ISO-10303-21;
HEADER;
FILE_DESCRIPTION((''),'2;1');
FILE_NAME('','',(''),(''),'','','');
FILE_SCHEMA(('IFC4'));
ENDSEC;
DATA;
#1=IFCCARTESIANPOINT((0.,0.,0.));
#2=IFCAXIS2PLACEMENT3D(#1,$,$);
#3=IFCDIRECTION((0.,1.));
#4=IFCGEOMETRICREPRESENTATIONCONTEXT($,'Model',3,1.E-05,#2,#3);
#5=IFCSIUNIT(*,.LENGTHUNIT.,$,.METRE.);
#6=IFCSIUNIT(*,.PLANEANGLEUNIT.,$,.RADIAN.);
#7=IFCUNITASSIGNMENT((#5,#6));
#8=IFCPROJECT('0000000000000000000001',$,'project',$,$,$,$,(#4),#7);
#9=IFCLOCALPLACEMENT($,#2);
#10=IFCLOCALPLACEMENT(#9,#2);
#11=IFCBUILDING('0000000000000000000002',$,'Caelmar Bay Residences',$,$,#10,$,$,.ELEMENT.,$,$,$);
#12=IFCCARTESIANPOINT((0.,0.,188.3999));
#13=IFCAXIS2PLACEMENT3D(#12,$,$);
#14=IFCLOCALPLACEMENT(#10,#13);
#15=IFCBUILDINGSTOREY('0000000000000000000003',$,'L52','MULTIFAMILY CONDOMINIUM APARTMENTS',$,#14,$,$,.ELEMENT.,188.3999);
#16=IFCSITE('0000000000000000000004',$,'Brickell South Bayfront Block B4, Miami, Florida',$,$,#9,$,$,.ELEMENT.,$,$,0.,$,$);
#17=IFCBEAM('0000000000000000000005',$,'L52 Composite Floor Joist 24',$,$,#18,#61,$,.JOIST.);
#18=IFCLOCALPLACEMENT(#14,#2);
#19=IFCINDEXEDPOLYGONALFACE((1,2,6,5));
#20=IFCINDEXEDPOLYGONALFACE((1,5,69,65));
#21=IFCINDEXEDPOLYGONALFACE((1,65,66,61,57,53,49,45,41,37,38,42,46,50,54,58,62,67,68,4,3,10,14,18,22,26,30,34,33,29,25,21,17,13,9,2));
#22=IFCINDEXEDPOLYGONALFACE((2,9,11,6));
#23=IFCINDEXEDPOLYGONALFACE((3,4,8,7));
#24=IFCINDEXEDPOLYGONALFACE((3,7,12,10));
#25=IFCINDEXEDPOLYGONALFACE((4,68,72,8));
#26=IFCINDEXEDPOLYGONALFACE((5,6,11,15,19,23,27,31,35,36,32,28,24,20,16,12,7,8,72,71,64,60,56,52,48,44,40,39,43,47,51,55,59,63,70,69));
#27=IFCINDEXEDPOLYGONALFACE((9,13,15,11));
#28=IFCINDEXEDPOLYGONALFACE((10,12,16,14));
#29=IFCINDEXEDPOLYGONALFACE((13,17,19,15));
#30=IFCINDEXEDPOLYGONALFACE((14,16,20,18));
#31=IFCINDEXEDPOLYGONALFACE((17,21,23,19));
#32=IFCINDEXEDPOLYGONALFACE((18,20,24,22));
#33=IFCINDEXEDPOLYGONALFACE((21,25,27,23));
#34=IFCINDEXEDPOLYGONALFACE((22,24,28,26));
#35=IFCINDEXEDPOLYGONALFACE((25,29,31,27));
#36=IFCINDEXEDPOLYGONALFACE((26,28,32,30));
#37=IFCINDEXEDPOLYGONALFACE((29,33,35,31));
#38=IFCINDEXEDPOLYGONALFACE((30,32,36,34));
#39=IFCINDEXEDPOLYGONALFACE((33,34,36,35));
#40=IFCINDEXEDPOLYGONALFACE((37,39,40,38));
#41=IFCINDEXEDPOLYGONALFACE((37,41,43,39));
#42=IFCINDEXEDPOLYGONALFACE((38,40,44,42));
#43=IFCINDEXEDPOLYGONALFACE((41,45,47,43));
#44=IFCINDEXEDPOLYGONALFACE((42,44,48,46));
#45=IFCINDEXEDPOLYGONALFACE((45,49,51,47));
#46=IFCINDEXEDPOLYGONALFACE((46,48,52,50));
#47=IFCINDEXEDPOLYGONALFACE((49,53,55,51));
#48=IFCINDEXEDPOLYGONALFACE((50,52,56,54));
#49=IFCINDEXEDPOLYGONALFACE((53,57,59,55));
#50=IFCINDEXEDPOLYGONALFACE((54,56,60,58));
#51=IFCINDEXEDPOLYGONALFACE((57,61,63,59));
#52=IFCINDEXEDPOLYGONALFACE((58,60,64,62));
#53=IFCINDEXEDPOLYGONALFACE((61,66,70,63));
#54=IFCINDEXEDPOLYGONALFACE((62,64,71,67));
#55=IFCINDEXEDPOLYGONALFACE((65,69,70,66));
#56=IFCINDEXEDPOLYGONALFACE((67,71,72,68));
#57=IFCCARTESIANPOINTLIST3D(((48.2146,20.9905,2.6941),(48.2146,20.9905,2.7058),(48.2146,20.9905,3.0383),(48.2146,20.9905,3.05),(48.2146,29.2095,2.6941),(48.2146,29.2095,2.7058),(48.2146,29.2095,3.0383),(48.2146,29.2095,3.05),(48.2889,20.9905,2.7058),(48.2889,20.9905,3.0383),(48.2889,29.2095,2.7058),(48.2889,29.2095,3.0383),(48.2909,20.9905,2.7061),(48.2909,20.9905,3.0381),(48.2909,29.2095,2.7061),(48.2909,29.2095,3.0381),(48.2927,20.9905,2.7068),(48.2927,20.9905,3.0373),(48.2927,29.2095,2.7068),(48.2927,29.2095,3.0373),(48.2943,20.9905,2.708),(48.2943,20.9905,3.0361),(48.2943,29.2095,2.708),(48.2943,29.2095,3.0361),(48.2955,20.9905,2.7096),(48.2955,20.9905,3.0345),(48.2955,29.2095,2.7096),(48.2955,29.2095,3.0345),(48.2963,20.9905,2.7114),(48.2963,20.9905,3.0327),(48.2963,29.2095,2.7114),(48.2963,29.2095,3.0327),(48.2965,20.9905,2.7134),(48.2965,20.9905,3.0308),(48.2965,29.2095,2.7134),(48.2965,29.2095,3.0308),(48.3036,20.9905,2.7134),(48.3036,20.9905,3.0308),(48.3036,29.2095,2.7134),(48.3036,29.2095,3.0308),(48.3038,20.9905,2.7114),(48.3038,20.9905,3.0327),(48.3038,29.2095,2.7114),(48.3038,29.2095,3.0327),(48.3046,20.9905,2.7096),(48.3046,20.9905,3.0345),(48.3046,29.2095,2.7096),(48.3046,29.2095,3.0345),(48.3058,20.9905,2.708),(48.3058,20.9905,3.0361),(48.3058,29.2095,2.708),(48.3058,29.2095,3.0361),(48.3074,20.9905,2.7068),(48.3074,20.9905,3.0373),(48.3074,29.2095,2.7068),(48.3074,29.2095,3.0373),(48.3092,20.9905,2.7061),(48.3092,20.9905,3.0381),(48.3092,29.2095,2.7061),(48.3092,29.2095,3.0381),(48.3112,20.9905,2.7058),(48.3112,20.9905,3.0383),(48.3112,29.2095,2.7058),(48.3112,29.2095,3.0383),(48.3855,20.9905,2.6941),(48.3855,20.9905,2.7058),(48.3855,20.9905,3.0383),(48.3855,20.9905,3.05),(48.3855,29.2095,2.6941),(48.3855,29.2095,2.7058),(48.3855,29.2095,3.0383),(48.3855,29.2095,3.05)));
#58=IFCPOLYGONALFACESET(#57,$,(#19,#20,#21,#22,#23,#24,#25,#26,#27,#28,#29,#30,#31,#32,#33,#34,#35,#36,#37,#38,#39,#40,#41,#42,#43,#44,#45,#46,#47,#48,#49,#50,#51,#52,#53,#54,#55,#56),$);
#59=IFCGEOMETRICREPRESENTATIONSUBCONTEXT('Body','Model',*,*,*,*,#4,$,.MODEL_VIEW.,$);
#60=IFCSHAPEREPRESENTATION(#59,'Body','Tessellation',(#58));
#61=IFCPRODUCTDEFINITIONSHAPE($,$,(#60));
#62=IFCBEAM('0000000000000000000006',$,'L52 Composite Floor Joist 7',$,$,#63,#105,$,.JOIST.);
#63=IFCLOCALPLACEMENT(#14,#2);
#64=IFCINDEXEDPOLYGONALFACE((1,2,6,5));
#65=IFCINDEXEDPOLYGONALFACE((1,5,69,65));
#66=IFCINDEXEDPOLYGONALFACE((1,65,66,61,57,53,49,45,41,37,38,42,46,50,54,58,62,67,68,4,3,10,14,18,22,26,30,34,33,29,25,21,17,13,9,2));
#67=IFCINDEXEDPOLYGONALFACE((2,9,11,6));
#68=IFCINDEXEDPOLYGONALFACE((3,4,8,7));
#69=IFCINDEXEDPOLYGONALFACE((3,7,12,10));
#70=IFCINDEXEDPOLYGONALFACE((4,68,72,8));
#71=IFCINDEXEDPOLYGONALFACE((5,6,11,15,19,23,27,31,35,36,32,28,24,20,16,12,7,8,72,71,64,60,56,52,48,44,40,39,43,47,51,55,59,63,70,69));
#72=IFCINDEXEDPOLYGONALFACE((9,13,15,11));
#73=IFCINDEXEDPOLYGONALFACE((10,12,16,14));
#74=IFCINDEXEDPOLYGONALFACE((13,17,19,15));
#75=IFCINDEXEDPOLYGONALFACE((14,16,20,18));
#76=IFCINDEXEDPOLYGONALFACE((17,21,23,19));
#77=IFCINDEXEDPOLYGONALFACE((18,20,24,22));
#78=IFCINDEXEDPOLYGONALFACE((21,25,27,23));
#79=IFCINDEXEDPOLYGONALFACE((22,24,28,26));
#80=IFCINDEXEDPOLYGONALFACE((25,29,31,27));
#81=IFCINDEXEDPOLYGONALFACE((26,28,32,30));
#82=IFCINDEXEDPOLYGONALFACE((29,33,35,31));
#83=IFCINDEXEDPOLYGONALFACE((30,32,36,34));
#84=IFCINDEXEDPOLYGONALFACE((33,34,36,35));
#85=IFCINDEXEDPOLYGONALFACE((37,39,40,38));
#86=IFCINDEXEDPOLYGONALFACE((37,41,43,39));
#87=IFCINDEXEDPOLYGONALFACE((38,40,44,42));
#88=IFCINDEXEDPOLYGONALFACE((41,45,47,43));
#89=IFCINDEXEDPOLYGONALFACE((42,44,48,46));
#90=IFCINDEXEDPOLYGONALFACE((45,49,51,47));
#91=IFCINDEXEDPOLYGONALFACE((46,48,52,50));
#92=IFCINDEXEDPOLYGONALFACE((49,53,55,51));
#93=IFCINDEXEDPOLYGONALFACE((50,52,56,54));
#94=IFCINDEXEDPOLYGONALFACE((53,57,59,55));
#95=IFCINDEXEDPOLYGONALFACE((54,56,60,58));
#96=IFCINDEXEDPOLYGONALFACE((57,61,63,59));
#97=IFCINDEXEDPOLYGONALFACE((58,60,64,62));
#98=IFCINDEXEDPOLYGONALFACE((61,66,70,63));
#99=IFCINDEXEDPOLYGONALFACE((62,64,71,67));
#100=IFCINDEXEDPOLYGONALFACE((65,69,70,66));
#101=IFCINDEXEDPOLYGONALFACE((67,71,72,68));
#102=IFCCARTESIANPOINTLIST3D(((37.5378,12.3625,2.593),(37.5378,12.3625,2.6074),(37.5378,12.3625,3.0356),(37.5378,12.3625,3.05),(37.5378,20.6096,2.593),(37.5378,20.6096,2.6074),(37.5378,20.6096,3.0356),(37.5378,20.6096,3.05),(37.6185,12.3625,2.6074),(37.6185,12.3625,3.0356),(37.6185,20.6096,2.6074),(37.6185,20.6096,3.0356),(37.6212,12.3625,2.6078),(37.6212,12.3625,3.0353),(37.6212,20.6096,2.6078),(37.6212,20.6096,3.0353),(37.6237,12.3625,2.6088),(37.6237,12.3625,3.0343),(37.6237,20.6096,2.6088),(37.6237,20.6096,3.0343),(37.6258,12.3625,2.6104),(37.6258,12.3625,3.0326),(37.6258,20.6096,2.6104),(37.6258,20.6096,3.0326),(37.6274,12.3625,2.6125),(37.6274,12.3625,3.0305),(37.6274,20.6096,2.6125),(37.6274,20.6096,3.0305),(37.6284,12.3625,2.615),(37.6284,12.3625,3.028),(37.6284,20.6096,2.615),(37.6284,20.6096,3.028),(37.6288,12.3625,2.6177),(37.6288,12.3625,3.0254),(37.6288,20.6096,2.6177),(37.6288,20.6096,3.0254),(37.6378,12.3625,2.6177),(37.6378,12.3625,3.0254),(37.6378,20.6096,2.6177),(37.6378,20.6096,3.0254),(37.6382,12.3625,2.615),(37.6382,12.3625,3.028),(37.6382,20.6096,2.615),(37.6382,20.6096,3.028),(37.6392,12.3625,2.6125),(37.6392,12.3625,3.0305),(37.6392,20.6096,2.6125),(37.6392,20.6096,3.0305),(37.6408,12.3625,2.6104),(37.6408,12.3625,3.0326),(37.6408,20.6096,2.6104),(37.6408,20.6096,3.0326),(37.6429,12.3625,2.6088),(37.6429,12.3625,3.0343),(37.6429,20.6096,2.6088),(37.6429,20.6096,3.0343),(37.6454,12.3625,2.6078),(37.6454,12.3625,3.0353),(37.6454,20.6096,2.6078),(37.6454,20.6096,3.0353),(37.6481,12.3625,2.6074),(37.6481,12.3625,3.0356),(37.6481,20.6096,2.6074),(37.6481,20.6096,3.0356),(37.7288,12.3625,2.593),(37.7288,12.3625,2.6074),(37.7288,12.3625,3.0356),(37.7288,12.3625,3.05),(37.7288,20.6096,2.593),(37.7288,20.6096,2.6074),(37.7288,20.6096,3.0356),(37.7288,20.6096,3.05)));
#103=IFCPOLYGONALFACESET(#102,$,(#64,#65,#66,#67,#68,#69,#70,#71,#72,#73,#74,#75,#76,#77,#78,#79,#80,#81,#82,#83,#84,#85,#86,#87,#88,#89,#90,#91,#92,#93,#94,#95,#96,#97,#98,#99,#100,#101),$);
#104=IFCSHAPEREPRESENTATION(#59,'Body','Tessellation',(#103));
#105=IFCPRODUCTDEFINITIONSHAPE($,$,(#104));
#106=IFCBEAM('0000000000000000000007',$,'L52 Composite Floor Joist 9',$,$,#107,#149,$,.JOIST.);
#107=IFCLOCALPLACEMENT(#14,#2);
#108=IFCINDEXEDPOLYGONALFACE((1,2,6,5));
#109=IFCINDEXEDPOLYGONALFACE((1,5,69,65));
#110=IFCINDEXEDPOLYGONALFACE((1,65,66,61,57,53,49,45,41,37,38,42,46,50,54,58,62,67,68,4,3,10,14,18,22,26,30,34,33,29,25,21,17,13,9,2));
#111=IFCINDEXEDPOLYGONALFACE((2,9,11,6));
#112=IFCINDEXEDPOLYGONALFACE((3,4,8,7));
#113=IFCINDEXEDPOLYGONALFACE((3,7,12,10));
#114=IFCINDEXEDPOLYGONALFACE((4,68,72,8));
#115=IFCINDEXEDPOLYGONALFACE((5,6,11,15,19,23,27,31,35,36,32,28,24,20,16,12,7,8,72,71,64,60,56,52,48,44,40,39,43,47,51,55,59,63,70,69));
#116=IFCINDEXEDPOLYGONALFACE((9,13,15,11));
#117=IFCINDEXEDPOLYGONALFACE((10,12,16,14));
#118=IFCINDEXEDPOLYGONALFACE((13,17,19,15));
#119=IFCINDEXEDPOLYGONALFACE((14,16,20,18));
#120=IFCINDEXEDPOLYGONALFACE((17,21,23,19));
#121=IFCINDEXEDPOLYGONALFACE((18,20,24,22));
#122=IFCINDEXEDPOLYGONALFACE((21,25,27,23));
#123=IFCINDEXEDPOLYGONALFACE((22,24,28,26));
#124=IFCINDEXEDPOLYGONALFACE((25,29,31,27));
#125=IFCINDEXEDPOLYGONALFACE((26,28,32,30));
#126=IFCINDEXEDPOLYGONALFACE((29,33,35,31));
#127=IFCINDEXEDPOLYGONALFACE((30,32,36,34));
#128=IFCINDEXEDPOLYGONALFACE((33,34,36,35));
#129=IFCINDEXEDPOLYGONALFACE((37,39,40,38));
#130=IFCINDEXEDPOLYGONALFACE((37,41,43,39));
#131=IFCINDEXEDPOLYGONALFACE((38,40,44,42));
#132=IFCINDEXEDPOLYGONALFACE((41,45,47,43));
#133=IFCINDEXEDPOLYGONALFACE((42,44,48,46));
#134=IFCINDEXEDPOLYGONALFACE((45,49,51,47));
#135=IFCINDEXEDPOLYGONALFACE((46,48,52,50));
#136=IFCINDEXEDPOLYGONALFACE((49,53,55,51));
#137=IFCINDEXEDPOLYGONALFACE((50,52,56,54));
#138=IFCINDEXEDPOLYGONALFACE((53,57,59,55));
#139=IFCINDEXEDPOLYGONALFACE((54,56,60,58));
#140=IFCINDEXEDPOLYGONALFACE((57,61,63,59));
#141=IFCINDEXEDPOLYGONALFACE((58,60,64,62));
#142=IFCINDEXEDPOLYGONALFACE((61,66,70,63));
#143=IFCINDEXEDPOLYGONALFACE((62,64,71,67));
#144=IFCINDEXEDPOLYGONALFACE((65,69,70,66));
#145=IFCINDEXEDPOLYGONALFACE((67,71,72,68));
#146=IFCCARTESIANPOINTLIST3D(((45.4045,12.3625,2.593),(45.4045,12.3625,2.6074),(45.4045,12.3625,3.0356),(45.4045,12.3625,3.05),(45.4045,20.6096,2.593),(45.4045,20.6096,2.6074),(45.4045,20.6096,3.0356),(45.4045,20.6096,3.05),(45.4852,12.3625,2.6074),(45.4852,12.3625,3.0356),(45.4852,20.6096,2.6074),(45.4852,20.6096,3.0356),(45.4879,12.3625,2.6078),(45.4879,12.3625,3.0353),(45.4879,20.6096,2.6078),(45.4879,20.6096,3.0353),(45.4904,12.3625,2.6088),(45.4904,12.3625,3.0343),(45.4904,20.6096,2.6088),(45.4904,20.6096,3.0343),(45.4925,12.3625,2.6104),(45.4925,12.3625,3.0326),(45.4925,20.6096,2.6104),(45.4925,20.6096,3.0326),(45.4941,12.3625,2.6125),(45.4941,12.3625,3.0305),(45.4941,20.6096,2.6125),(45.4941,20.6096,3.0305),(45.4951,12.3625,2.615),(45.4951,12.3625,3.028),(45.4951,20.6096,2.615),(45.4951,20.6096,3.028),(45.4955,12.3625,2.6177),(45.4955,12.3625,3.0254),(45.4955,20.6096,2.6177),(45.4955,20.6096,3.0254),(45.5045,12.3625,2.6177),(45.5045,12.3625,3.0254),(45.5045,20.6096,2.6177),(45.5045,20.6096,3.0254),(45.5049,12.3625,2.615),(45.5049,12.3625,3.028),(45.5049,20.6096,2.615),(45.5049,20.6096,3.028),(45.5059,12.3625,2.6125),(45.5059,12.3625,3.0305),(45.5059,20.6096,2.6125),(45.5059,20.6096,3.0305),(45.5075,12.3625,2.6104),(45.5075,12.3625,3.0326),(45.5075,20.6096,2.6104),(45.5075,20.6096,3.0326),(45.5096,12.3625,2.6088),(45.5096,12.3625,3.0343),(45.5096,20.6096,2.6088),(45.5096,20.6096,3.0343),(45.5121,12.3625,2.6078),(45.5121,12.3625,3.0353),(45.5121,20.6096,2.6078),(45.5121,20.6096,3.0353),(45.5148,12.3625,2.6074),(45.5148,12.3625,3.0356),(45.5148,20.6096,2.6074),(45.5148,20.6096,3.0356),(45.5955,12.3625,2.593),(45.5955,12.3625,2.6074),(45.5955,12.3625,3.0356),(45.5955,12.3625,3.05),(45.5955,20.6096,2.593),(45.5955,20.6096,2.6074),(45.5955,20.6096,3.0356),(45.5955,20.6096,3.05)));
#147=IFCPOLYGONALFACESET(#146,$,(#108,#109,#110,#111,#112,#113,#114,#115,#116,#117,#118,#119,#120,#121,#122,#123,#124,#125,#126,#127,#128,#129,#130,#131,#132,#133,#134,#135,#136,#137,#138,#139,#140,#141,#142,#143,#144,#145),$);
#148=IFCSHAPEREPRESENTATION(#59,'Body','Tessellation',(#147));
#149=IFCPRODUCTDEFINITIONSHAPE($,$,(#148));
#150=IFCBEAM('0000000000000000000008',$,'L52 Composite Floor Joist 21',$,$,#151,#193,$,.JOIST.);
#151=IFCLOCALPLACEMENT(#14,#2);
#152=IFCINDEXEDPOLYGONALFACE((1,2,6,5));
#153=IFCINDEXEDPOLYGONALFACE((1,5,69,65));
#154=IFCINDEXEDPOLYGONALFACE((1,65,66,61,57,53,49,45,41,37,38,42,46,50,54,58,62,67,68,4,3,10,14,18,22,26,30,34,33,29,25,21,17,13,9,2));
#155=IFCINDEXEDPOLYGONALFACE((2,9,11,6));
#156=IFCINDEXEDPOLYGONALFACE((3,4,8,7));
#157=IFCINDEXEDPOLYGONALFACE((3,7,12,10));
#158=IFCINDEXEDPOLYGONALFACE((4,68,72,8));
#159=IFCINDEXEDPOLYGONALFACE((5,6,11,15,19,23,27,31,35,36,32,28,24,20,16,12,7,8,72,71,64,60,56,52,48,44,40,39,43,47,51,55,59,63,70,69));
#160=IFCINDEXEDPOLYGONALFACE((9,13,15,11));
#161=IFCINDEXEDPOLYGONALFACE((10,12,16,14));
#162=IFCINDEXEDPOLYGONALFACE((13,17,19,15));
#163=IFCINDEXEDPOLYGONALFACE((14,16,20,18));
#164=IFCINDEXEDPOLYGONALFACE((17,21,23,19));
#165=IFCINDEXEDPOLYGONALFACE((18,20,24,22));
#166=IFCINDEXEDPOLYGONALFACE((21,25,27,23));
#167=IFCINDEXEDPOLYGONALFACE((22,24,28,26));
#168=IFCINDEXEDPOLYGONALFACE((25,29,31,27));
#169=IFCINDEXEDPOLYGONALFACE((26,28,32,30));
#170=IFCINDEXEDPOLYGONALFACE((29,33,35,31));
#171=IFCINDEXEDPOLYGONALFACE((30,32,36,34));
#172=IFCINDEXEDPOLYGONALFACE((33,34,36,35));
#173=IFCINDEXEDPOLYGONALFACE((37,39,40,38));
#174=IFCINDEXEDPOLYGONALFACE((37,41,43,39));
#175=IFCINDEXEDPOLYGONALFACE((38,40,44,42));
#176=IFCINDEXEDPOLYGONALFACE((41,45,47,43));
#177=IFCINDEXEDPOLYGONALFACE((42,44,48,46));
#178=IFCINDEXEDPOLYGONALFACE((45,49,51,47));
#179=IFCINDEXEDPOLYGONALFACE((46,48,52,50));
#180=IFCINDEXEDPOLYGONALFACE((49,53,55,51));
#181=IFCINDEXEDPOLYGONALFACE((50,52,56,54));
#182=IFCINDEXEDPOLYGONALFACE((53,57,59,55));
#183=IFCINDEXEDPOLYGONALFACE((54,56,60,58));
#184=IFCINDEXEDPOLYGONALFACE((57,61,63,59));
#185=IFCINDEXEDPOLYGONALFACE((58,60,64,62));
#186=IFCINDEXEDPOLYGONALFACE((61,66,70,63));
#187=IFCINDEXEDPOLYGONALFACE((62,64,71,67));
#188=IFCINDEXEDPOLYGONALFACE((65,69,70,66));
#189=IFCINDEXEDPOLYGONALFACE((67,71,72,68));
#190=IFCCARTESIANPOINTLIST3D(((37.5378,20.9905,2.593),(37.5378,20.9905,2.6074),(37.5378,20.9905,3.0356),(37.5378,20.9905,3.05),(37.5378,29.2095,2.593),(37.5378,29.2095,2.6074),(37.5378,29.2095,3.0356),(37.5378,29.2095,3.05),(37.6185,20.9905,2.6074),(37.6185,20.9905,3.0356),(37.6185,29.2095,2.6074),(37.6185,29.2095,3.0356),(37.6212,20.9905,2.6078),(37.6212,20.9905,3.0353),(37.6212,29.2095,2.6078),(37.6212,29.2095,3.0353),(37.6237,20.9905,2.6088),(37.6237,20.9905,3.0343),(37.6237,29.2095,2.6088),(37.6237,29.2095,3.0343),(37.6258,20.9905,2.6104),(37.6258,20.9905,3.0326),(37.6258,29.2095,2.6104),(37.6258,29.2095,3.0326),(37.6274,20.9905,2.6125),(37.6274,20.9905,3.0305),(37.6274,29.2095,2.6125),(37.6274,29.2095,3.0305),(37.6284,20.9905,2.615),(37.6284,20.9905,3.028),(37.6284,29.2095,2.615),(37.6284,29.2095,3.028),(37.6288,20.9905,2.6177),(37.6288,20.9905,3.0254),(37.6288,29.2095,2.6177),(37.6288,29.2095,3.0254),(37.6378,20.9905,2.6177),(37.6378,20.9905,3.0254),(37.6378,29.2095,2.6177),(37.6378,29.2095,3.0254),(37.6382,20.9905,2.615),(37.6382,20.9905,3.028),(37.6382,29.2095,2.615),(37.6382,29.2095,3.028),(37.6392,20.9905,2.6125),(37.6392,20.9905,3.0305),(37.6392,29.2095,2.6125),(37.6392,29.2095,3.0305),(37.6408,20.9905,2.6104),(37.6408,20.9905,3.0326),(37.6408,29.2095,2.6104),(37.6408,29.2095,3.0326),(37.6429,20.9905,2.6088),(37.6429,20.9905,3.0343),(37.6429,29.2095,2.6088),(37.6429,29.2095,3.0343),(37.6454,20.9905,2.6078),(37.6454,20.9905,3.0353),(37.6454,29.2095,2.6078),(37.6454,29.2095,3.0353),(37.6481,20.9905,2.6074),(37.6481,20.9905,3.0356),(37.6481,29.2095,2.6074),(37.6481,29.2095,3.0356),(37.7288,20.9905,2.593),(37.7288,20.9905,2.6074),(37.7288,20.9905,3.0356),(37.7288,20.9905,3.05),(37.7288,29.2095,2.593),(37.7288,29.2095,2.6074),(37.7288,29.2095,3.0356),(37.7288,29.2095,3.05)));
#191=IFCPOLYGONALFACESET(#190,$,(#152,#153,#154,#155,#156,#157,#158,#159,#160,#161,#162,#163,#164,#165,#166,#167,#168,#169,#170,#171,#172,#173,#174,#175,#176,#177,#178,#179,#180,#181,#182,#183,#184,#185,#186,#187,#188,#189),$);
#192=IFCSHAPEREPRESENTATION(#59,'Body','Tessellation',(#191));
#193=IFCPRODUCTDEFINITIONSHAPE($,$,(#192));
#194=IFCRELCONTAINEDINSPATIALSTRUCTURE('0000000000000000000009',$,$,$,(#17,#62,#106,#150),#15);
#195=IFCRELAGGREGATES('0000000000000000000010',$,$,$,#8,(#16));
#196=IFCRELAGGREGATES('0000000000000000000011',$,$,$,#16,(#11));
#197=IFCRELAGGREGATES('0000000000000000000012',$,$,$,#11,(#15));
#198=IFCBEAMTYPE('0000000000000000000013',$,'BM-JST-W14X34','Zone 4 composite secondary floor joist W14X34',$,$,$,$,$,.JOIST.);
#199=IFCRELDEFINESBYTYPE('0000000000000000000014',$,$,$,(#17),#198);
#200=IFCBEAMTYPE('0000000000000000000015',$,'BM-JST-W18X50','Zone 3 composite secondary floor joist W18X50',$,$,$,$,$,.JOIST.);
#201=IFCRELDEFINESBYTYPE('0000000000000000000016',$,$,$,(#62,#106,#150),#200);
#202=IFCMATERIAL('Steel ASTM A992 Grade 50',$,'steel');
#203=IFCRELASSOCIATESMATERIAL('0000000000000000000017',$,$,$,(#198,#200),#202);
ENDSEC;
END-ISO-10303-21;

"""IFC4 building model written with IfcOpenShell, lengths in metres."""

from ifc_helpers import new_model, si_unit, direction, frame, origin, origin_2d, place, context, subcontext, project, spatial, i_section, extrude, material, material_profile, profile_set, type_object, element, save


model = new_model("IFC4")

# Units and contexts
model_context = context("Model", 3, precision=1e-05, world=origin(), true_north=direction((0.0, 1.0)))
body_context = subcontext(model_context, "Body", "Model", "MODEL_VIEW")
ifc_project = project(units=[si_unit("LENGTHUNIT", "METRE"), si_unit("PLANEANGLEUNIT", "RADIAN")], contexts=[model_context])

# Site, building, storey
site_placement = place(None, origin())
site = spatial("IfcSite", under=ifc_project, at=site_placement, Name="Brickell South Bayfront Block B4, Miami, Florida", CompositionType="ELEMENT", RefElevation=0.0)
building_placement = place(site_placement, origin())
building = spatial("IfcBuilding", under=site, at=building_placement, Name="Caelmar Bay Residences", CompositionType="ELEMENT")
storey_placement = place(building_placement, frame((0.0, 0.0, 188.3999)))
storey = spatial("IfcBuildingStorey", under=building, at=storey_placement, Name="L52", Description="MULTIFAMILY CONDOMINIUM APARTMENTS", CompositionType="ELEMENT", Elevation=188.3999)

# Beams
ifc_material_1 = material(Name="Steel ASTM A992 Grade 50", Category="steel")
ifc_material_profile_1 = material_profile(ifc_material_1, i_section(OverallWidth=0.1709, OverallDepth=0.356, WebThickness=0.0071, FlangeThickness=0.0117, FilletRadius=0.0076, at=origin_2d()), Name="W14X34")
ifc_profile_set_1 = profile_set([ifc_material_profile_1], Name="Steel ASTM A992 Grade 50")
beam_type_1 = type_object("IfcBeamType", Name="BM-JST-W14X34", Description="Zone 4 composite secondary floor joist W14X34", PredefinedType="JOIST", material=ifc_profile_set_1)
for number, where, z_axis, x_axis, name in (
    (1, (48.3, 20.9905, 2.8721), (0.0, 1.0, 0.0), (-1.0, 0.0, 0.0), "L52 Composite Floor Joist 24"),
):
    element("IfcBeam", number, at=place(storey_placement, frame(where, z_axis=z_axis, x_axis=x_axis)), inside=storey, type_object=beam_type_1, Name=name, PredefinedType="JOIST", context=body_context, shape_type="SweptSolid", body=[
        extrude(i_section(OverallWidth=0.1709, OverallDepth=0.356, WebThickness=0.0071, FlangeThickness=0.0117, FilletRadius=0.0076, at=origin_2d()), origin(), (0.0, 0.0, 1.0), 8.219),
    ])
ifc_material_profile_2 = material_profile(ifc_material_1, i_section(OverallWidth=0.1909, OverallDepth=0.457, WebThickness=0.009, FlangeThickness=0.0144, FilletRadius=0.0103, at=origin_2d()), Name="W18X50")
ifc_profile_set_2 = profile_set([ifc_material_profile_2], Name="Steel ASTM A992 Grade 50")
beam_type_2 = type_object("IfcBeamType", Name="BM-JST-W18X50", Description="Zone 3 composite secondary floor joist W18X50", PredefinedType="JOIST", material=ifc_profile_set_2)
for number, where, z_axis, x_axis, name in (
    (2, (37.6333, 12.3625, 2.8215), (0.0, 1.0, 0.0), (-1.0, 0.0, 0.0), "L52 Composite Floor Joist 7"),
    (3, (45.5, 12.3625, 2.8215), (0.0, 1.0, 0.0), (-1.0, 0.0, 0.0), "L52 Composite Floor Joist 9"),
):
    element("IfcBeam", number, at=place(storey_placement, frame(where, z_axis=z_axis, x_axis=x_axis)), inside=storey, type_object=beam_type_2, Name=name, PredefinedType="JOIST", context=body_context, shape_type="SweptSolid", body=[
        extrude(i_section(OverallWidth=0.1909, OverallDepth=0.457, WebThickness=0.009, FlangeThickness=0.0144, FilletRadius=0.0103, at=origin_2d()), origin(), (0.0, 0.0, 1.0), 8.2471),
    ])
for number, where, z_axis, x_axis, name in (
    (4, (37.6333, 20.9905, 2.8215), (0.0, 1.0, 0.0), (-1.0, 0.0, 0.0), "L52 Composite Floor Joist 21"),
):
    element("IfcBeam", number, at=place(storey_placement, frame(where, z_axis=z_axis, x_axis=x_axis)), inside=storey, type_object=beam_type_2, Name=name, PredefinedType="JOIST", context=body_context, shape_type="SweptSolid", body=[
        extrude(i_section(OverallWidth=0.1909, OverallDepth=0.457, WebThickness=0.009, FlangeThickness=0.0144, FilletRadius=0.0103, at=origin_2d()), origin(), (0.0, 0.0, 1.0), 8.219),
    ])

save(model, "model.ifc")
